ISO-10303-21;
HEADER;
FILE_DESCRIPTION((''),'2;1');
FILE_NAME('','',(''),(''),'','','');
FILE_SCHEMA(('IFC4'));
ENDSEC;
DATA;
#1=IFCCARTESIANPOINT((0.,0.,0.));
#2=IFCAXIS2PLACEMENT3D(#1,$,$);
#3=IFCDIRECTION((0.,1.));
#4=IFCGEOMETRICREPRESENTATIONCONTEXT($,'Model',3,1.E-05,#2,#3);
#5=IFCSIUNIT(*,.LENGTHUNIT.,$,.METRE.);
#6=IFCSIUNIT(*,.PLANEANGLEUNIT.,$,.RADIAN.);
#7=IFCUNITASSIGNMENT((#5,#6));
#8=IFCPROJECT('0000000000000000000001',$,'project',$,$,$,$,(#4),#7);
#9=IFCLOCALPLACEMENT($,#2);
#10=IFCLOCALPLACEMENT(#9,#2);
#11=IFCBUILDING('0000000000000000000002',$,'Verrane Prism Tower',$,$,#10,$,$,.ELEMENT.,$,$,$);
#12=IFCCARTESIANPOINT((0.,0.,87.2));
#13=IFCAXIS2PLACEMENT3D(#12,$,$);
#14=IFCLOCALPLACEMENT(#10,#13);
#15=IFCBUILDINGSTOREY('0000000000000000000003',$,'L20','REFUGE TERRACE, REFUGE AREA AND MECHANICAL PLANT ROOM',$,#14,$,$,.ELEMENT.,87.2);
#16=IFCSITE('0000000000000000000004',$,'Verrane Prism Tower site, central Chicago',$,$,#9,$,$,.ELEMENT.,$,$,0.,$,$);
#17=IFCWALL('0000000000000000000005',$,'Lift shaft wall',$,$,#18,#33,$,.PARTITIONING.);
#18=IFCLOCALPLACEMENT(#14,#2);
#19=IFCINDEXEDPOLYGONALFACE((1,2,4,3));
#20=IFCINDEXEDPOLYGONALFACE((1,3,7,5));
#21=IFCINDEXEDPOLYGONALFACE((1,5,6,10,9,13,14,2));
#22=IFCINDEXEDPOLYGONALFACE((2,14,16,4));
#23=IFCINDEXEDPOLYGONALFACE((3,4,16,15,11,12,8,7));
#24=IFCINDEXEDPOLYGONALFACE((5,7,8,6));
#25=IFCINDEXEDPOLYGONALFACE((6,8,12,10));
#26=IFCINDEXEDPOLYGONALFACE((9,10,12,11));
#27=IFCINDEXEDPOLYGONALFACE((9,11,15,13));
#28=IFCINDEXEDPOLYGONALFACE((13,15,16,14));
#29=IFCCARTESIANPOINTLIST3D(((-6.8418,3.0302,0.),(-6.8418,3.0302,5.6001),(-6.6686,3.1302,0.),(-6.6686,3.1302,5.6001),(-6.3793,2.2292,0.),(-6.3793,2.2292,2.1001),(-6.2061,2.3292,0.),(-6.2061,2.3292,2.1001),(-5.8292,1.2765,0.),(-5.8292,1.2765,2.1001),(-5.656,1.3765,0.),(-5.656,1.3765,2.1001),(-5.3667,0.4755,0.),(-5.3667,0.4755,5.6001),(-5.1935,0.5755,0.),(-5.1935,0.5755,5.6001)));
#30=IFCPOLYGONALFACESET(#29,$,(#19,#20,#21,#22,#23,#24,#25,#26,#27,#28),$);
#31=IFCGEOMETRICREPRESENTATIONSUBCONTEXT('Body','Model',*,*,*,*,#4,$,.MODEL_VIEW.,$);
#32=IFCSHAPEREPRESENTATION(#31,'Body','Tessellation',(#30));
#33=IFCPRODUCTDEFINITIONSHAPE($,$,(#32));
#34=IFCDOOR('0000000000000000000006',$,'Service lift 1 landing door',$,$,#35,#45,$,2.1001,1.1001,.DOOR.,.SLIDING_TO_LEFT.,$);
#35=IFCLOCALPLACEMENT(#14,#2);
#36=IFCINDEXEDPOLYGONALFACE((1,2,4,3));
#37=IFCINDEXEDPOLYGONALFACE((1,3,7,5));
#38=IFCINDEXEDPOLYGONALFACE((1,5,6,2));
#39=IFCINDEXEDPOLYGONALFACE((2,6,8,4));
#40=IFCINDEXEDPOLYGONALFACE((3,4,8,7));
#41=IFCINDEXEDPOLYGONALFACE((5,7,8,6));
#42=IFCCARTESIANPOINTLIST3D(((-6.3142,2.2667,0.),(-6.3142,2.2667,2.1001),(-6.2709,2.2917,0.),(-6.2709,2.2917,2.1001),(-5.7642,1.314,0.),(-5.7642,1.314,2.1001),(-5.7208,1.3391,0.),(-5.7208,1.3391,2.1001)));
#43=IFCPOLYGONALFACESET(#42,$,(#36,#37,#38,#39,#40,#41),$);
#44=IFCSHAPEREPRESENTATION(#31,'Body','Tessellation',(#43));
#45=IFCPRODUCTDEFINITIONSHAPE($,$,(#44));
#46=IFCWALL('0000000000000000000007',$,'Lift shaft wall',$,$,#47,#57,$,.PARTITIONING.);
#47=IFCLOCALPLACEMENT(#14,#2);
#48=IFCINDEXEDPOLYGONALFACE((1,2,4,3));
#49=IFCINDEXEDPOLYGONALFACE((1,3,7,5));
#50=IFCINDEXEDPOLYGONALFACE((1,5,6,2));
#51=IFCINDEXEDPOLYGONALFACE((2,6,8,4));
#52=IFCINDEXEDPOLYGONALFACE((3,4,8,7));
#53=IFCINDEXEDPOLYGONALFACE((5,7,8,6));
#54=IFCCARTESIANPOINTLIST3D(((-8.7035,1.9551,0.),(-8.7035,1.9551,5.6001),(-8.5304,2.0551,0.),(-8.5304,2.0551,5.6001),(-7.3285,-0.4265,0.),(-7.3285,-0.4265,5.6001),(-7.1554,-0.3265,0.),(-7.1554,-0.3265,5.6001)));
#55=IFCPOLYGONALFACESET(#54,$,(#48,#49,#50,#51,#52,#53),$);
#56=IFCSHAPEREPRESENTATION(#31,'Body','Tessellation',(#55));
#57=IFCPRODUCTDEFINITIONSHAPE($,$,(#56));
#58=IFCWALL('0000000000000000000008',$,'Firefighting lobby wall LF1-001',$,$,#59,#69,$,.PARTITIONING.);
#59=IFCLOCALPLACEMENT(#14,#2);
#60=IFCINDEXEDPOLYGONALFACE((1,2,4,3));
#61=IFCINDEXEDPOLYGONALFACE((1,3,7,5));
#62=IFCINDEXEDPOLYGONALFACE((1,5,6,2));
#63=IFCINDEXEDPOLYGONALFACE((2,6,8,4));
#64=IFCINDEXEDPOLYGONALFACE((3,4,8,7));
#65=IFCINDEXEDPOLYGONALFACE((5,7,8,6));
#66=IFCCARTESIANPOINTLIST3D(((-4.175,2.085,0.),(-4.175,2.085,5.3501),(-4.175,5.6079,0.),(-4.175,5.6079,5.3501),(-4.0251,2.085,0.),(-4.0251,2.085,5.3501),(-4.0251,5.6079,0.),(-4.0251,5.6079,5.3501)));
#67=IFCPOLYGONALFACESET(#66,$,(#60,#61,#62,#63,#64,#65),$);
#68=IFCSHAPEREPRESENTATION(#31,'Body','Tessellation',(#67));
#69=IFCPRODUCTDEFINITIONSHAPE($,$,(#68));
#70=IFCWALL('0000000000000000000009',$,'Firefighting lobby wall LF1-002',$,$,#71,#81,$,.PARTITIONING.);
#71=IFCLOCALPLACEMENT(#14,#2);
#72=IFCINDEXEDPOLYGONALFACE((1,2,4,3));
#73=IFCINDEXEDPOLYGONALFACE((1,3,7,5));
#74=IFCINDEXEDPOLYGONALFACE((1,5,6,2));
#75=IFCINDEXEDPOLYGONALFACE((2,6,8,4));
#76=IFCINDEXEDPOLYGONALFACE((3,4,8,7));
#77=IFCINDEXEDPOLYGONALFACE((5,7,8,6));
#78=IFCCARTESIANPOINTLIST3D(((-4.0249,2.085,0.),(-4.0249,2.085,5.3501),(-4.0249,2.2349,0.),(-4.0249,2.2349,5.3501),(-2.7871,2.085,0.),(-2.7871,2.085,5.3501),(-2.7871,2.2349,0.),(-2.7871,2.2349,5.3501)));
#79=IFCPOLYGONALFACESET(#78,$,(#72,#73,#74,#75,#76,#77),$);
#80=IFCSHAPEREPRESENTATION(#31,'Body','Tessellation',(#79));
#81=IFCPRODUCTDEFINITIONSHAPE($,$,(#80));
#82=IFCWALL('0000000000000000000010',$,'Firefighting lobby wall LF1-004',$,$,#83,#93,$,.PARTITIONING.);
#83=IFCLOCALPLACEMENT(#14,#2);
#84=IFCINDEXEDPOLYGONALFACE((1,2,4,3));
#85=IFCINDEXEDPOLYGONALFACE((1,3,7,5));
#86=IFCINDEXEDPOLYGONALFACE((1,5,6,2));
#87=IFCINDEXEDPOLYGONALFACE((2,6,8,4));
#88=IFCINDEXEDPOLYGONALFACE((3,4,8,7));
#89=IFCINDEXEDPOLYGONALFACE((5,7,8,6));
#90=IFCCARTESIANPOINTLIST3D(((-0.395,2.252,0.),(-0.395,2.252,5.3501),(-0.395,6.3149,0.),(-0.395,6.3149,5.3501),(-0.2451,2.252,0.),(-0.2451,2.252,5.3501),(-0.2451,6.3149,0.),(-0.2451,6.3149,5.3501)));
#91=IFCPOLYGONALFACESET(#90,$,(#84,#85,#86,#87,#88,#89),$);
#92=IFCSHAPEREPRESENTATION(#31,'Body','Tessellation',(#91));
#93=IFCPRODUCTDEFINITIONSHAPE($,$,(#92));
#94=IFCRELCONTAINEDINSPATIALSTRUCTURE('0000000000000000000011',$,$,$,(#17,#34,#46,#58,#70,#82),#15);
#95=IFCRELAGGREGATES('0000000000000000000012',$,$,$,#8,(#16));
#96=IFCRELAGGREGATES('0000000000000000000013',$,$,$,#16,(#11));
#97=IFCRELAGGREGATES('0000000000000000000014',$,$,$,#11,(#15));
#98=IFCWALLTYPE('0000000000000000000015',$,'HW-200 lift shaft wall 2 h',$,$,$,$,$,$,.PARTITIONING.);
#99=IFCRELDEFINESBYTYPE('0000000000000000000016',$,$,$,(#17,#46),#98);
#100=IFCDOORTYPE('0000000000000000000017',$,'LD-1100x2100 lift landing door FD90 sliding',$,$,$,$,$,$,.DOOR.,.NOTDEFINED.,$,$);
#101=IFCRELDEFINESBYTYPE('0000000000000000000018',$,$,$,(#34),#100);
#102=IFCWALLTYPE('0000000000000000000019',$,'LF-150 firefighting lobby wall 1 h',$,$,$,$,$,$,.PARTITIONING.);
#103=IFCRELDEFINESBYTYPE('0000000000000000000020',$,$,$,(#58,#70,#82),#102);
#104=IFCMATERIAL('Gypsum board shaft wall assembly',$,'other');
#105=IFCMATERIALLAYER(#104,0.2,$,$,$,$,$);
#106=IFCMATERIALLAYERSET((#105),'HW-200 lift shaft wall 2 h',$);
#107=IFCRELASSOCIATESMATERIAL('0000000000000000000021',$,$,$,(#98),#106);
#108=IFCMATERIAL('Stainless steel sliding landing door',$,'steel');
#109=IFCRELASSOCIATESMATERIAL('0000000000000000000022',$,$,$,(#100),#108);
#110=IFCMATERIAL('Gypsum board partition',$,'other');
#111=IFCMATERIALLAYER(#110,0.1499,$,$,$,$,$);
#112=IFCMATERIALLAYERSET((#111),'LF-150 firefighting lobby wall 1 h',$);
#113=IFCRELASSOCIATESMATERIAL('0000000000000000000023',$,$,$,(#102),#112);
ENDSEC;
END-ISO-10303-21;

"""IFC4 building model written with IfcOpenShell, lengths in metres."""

from ifc_helpers import new_model, si_unit, direction, frame, frame_2d, origin, place, context, subcontext, project, spatial, rectangle, extrude, material, layer, layer_set, type_object, element, fill, save


model = new_model("IFC4")

# Units and contexts
model_context = context("Model", 3, precision=1e-05, world=origin(), true_north=direction((0.0, 1.0)))
body_context = subcontext(model_context, "Body", "Model", "MODEL_VIEW")
ifc_project = project(units=[si_unit("LENGTHUNIT", "METRE"), si_unit("PLANEANGLEUNIT", "RADIAN")], contexts=[model_context])

# Site, building, storey
site_placement = place(None, origin())
site = spatial("IfcSite", under=ifc_project, at=site_placement, Name="Verrane Prism Tower site, central Chicago", CompositionType="ELEMENT", RefElevation=0.0)
building_placement = place(site_placement, origin())
building = spatial("IfcBuilding", under=site, at=building_placement, Name="Verrane Prism Tower", CompositionType="ELEMENT")
storey_placement = place(building_placement, frame((0.0, 0.0, 87.2)))
storey = spatial("IfcBuildingStorey", under=building, at=storey_placement, Name="L20", Description="REFUGE TERRACE, REFUGE AREA AND MECHANICAL PLANT ROOM", CompositionType="ELEMENT", Elevation=87.2)

# Shared definitions
ifc_material_1 = material(Name="Gypsum board shaft wall assembly", Category="other")
ifc_layer_1 = layer(ifc_material_1, 0.2)
ifc_layer_set_1 = layer_set([ifc_layer_1], Name="HW-200 lift shaft wall 2 h")
wall_type_1 = type_object("IfcWallType", Name="HW-200 lift shaft wall 2 h", PredefinedType="PARTITIONING", material=ifc_layer_set_1)

# Shared definitions
ifc_material_2 = material(Name="Stainless steel sliding landing door", Category="steel")
door_type = type_object("IfcDoorType", Name="LD-1100x2100 lift landing door FD90 sliding", OperationType="NOTDEFINED", PredefinedType="DOOR", material=ifc_material_2)

# Wall, opening, door
wall_1_placement = place(storey_placement, frame((-5.28, 0.5254, 0.0), z_axis=(0.0, 0.0, 1.0), x_axis=(-0.500038, 0.866004, 0.0)))
wall_1 = element("IfcWall", 1, at=wall_1_placement, inside=storey, type_object=wall_type_1, Name="Lift shaft wall", PredefinedType="PARTITIONING", context=body_context, shape_type="SweptSolid", body=[
    extrude(rectangle(XDim=2.95, YDim=0.2, at=frame_2d((1.4751, 0.0))), origin(), (0.0, 0.0, 1.0), 5.6001),
])
opening_1_placement = place(wall_1_placement, frame((0.925, 0.0, 0.0)))
opening_1 = element("IfcOpeningElement", 2, at=opening_1_placement, cuts=wall_1, PredefinedType="OPENING", context=body_context, shape_type="SweptSolid", body=[
    extrude(rectangle(XDim=1.1001, YDim=2.1001, at=frame_2d((0.55, 1.05))), frame((0.0, 0.1099, 0.0), z_axis=(0.0, -1.0, 0.0), x_axis=(1.0, 0.0, 0.0)), (0.0, 0.0, 1.0), 0.22),
])
door_1_placement = place(opening_1_placement, origin())
door_1 = element("IfcDoor", 3, at=door_1_placement, inside=storey, type_object=door_type, Name="Service lift 1 landing door", OperationType="SLIDING_TO_LEFT", OverallHeight=2.1001, OverallWidth=1.1001, PredefinedType="DOOR", context=body_context, shape_type="SweptSolid", body=[
    extrude(rectangle(XDim=1.1001, YDim=2.1001, at=frame_2d((0.55, 1.05))), frame((0.0, 0.0249, 0.0), z_axis=(0.0, -1.0, 0.0), x_axis=(1.0, 0.0, 0.0)), (0.0, 0.0, 1.0), 0.05),
])
fill(opening_1, door_1)

# Walls
wall_2_placement = place(storey_placement, frame((-7.2419, -0.3765, 0.0), z_axis=(0.0, 0.0, 1.0), x_axis=(-0.499997, 0.866027, 0.0)))
element("IfcWall", 4, at=wall_2_placement, inside=storey, type_object=wall_type_1, Name="Lift shaft wall", PredefinedType="PARTITIONING", context=body_context, shape_type="SweptSolid", body=[
    extrude(rectangle(XDim=2.75, YDim=0.2, at=frame_2d((1.375, 0.0))), origin(), (0.0, 0.0, 1.0), 5.6001),
])
ifc_material_3 = material(Name="Gypsum board partition", Category="other")
ifc_layer_2 = layer(ifc_material_3, 0.1499)
ifc_layer_set_2 = layer_set([ifc_layer_2], Name="LF-150 firefighting lobby wall 1 h")
wall_type_2 = type_object("IfcWallType", Name="LF-150 firefighting lobby wall 1 h", PredefinedType="PARTITIONING", material=ifc_layer_set_2)
wall_3_placement = place(storey_placement, frame((-4.1001, 2.085, 0.0), z_axis=(0.0, 0.0, 1.0), x_axis=(0.0, 1.0, 0.0)))
element("IfcWall", 5, at=wall_3_placement, inside=storey, type_object=wall_type_2, Name="Firefighting lobby wall LF1-001", PredefinedType="PARTITIONING", context=body_context, shape_type="SweptSolid", body=[
    extrude(rectangle(XDim=3.5229, YDim=0.1499, at=frame_2d((1.7615, 0.0))), origin(), (0.0, 0.0, 1.0), 5.3501),
])
wall_4_placement = place(storey_placement, frame((-4.0249, 2.1599, 0.0), z_axis=(0.0, 0.0, 1.0), x_axis=(1.0, 0.0, 0.0)))
element("IfcWall", 6, at=wall_4_placement, inside=storey, type_object=wall_type_2, Name="Firefighting lobby wall LF1-002", PredefinedType="PARTITIONING", context=body_context, shape_type="SweptSolid", body=[
    extrude(rectangle(XDim=1.2378, YDim=0.1499, at=frame_2d((0.6189, 0.0))), origin(), (0.0, 0.0, 1.0), 5.3501),
])
wall_5_placement = place(storey_placement, frame((-0.3201, 2.252, 0.0), z_axis=(0.0, 0.0, 1.0), x_axis=(0.0, 1.0, 0.0)))
element("IfcWall", 7, at=wall_5_placement, inside=storey, type_object=wall_type_2, Name="Firefighting lobby wall LF1-004", PredefinedType="PARTITIONING", context=body_context, shape_type="SweptSolid", body=[
    extrude(rectangle(XDim=4.063, YDim=0.1499, at=frame_2d((2.0315, 0.0))), origin(), (0.0, 0.0, 1.0), 5.3501),
])

save(model, "model.ifc")
